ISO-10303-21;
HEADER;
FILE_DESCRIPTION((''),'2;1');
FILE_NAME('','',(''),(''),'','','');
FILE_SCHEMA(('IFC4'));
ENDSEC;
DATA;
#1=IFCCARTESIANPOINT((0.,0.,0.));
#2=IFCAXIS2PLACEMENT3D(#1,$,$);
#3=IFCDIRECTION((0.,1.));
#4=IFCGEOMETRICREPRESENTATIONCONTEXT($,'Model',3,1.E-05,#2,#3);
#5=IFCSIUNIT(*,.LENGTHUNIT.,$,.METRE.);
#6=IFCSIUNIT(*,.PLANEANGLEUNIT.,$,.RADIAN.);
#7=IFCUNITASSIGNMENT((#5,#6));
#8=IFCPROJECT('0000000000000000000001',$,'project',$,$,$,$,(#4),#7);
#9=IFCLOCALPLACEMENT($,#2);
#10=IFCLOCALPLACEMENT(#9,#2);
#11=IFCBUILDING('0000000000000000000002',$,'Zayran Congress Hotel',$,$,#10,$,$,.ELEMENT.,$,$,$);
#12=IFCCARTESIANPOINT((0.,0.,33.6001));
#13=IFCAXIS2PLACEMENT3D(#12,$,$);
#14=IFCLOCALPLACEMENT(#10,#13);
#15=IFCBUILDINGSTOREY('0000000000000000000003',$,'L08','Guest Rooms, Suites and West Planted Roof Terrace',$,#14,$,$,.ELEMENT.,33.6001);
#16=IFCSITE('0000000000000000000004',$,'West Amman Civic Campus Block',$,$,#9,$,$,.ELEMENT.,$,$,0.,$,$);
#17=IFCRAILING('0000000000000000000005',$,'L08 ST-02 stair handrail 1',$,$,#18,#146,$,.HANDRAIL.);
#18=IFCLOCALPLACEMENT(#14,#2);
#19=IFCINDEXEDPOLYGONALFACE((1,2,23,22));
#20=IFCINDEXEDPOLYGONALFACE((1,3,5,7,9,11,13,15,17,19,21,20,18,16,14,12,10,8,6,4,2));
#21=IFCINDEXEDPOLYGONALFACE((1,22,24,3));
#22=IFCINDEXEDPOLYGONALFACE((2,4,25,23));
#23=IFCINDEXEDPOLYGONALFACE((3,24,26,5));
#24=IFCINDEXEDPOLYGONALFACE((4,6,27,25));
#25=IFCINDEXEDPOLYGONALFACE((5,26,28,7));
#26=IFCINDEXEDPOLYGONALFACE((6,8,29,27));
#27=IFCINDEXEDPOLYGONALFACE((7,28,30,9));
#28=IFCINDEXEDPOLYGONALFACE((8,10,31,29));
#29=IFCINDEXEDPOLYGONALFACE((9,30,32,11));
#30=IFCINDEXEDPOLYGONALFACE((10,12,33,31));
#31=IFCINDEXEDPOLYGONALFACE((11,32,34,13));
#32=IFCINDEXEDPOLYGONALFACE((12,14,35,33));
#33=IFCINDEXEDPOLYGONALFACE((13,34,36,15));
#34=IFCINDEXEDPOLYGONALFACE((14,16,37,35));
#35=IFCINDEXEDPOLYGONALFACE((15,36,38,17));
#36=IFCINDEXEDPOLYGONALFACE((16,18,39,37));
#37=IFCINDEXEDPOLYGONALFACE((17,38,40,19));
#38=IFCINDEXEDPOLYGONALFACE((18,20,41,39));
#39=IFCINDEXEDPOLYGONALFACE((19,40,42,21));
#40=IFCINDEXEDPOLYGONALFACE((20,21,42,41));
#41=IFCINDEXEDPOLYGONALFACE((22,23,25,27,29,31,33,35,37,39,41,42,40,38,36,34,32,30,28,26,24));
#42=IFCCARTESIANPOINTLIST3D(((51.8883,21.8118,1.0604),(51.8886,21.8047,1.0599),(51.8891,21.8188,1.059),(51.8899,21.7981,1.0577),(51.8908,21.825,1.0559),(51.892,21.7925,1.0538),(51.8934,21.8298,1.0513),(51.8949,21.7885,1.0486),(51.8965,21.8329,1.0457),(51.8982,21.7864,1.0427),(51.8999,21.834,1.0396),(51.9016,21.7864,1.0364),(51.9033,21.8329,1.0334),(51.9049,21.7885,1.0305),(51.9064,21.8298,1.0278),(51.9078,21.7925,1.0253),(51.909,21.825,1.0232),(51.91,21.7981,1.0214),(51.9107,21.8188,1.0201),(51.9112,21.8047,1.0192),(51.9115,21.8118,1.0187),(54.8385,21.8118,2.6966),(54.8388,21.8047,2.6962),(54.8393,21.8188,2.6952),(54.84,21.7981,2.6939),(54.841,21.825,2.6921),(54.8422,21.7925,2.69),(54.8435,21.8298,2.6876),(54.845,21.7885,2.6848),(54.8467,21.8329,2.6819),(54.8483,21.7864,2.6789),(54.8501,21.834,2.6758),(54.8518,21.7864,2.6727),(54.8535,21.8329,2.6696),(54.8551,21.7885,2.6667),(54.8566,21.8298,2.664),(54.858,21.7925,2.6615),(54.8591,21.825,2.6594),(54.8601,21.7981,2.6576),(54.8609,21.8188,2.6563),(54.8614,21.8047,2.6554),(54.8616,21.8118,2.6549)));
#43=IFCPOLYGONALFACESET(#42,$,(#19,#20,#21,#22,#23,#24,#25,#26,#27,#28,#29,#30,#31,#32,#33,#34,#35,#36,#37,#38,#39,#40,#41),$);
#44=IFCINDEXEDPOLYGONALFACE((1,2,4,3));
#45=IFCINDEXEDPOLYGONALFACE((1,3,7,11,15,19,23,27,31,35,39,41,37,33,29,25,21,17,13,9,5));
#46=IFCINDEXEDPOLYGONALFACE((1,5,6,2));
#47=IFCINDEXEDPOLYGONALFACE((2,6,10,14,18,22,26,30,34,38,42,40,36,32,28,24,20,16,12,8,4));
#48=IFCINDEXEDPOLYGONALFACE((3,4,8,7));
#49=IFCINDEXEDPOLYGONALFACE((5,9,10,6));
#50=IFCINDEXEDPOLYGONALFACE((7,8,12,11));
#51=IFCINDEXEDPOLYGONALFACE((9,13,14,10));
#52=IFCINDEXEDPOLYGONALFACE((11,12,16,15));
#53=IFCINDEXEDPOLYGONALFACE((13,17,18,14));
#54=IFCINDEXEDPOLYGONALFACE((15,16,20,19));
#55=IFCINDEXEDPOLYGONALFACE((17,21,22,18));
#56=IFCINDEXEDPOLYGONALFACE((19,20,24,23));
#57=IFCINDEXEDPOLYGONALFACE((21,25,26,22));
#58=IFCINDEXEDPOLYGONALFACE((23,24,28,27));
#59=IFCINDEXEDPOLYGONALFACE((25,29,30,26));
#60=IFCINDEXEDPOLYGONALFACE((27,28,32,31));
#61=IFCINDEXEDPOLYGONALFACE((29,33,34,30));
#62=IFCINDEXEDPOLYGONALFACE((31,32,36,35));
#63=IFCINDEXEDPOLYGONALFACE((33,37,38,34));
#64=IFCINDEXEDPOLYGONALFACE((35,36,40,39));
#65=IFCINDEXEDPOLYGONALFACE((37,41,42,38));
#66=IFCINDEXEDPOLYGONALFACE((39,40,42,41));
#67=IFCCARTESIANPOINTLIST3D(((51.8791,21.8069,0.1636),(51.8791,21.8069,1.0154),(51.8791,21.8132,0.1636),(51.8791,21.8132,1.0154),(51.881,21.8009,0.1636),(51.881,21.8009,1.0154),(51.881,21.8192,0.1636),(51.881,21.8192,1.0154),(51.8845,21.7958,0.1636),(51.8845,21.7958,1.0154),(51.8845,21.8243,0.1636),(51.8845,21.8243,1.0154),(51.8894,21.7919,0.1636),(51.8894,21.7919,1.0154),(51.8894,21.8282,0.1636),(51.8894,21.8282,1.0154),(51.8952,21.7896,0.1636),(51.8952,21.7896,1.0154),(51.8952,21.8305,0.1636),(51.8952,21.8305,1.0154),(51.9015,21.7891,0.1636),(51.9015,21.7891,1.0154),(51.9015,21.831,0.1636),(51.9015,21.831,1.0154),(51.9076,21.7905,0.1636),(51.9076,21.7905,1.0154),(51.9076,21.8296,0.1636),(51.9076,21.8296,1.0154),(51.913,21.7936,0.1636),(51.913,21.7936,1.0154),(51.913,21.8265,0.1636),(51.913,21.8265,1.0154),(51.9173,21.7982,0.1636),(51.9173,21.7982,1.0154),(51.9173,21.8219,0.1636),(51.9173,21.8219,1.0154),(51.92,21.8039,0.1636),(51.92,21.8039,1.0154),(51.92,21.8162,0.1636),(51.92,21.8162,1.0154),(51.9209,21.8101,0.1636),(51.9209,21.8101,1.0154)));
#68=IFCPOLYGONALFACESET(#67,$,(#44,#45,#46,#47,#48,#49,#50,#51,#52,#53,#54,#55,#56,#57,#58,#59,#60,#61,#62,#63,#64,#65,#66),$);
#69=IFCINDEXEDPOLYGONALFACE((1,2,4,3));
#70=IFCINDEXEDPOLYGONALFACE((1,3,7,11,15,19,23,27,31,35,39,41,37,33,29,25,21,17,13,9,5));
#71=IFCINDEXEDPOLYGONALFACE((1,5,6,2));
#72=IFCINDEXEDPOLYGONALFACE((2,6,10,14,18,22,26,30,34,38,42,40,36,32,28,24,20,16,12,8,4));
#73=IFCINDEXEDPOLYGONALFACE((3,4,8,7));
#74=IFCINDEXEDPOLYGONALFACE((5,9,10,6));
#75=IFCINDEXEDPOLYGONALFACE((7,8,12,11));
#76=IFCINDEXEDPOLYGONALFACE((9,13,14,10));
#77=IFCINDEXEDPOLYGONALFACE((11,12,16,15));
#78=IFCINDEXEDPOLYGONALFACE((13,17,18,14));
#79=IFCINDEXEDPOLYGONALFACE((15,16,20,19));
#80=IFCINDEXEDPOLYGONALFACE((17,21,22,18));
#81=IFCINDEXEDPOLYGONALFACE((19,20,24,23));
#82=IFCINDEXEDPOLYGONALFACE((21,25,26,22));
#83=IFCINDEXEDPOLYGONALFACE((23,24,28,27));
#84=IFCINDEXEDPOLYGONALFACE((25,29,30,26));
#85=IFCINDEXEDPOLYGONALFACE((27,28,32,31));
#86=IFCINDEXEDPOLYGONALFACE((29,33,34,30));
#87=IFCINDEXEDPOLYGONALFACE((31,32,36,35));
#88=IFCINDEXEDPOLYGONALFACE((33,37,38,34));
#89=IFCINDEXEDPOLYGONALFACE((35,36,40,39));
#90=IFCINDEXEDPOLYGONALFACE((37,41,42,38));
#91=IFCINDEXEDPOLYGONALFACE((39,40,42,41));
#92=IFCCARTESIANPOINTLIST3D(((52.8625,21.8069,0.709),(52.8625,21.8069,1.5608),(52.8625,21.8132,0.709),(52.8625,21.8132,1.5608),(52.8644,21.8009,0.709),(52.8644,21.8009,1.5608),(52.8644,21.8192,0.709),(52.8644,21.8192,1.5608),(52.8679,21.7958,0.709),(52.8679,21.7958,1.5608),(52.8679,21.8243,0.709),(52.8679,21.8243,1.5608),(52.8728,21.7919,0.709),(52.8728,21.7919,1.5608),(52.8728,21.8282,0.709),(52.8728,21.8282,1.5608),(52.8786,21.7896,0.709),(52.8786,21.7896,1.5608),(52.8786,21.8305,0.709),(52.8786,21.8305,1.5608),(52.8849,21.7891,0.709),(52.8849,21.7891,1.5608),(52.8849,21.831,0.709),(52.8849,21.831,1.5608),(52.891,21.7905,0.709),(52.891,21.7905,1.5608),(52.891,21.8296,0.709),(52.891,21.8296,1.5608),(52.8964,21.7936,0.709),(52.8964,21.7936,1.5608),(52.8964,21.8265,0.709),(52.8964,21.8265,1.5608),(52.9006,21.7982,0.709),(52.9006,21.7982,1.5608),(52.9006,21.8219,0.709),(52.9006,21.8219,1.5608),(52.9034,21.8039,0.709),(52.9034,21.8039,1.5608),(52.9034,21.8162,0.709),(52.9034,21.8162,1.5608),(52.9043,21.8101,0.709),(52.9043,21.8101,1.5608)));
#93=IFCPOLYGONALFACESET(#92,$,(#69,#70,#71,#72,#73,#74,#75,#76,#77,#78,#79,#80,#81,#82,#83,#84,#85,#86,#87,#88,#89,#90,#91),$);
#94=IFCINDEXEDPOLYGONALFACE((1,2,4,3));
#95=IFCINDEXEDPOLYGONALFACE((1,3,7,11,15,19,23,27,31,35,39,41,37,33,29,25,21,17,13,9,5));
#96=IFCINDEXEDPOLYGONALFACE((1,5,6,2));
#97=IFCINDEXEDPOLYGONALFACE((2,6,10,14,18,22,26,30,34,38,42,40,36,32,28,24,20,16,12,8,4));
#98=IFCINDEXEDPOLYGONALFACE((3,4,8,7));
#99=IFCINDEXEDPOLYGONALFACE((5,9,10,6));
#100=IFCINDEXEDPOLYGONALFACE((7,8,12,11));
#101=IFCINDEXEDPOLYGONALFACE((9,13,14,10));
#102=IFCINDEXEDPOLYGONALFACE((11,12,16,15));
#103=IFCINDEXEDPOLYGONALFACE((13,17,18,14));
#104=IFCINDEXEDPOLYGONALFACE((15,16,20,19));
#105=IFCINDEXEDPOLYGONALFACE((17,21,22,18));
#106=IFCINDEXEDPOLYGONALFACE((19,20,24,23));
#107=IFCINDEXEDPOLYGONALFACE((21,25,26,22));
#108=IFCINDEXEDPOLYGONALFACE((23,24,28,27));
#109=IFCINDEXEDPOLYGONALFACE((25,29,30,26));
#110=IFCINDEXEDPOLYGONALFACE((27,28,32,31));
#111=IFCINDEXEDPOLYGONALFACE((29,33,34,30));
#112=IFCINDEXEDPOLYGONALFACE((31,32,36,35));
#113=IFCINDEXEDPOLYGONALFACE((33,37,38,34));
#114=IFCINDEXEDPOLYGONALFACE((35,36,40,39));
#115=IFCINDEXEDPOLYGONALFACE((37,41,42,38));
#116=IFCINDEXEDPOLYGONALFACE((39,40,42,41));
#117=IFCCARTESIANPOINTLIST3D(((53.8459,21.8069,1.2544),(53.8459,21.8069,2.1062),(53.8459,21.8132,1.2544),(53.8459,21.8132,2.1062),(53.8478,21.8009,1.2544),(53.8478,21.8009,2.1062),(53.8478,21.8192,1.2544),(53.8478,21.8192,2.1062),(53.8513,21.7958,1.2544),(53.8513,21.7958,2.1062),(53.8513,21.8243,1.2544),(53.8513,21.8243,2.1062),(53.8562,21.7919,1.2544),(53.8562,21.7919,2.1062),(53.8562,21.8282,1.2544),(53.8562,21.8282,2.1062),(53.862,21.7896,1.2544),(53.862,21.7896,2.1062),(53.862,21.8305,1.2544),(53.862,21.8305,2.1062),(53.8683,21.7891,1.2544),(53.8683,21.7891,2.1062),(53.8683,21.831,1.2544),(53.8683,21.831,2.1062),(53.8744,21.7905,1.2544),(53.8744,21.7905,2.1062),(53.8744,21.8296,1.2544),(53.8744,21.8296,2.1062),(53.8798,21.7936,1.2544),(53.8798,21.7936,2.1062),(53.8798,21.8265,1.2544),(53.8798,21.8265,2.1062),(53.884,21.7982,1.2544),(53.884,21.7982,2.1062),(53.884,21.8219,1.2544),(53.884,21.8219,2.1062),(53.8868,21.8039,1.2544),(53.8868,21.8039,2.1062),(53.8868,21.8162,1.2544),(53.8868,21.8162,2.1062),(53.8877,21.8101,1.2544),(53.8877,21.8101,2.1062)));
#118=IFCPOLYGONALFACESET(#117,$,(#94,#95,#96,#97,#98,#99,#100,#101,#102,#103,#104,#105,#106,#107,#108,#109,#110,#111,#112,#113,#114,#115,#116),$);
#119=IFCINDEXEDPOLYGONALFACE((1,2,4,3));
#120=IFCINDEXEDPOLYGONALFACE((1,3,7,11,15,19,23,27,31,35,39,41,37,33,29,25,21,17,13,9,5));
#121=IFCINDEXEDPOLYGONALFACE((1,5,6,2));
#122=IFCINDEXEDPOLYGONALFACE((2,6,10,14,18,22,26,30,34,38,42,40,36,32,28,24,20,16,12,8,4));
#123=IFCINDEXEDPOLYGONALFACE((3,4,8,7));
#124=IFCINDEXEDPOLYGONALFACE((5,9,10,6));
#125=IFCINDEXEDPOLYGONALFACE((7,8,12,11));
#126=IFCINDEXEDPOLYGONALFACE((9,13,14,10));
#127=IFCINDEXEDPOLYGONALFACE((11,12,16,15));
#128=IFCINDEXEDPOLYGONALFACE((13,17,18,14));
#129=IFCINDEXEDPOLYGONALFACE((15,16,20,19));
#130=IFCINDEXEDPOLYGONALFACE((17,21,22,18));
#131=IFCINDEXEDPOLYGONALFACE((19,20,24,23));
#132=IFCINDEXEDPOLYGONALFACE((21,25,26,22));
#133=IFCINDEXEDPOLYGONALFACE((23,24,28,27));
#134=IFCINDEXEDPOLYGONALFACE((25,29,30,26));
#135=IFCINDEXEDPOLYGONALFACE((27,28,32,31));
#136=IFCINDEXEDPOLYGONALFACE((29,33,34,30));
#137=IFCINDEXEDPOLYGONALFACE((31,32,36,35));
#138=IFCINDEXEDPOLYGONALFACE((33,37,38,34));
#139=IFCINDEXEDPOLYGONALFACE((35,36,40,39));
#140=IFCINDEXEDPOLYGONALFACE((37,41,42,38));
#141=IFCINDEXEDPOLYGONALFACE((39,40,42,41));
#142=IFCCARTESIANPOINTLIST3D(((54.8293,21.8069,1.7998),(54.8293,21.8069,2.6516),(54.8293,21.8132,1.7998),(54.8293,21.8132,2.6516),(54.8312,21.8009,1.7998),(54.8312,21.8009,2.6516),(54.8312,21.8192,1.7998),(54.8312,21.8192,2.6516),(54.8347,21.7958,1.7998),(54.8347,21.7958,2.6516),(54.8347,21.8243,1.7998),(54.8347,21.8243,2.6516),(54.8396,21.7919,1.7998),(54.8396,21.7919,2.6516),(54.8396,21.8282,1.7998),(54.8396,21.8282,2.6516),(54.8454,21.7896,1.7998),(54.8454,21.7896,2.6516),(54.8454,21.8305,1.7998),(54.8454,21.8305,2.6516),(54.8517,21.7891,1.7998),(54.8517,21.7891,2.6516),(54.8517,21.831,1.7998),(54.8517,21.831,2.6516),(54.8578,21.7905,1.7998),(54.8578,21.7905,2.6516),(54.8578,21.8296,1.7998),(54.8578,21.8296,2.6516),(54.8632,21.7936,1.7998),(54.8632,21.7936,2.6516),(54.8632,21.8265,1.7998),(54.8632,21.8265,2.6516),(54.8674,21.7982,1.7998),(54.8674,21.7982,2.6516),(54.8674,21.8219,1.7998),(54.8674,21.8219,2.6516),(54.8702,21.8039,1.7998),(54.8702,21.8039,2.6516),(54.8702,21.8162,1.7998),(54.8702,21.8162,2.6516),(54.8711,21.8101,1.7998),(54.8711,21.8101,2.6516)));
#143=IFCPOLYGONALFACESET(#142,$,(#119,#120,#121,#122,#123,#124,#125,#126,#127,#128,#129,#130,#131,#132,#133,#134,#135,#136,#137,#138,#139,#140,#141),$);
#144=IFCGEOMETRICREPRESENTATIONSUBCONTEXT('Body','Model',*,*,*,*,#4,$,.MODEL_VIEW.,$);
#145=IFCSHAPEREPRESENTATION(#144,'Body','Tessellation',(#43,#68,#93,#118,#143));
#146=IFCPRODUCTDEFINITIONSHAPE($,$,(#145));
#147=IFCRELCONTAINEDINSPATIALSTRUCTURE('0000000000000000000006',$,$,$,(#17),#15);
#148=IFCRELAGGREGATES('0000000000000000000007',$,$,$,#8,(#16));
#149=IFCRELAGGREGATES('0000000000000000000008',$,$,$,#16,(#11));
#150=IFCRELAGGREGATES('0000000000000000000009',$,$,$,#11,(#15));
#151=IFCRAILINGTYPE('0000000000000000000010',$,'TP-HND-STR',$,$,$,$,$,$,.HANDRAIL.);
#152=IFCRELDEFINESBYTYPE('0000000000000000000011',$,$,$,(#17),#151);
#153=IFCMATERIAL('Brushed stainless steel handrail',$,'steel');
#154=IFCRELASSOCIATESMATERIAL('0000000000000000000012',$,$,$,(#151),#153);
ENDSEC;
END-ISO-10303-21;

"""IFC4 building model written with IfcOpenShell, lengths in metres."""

from ifc_helpers import new_model, si_unit, direction, frame, origin, origin_2d, place, context, subcontext, project, spatial, circle, extrude, material, type_object, element, save


model = new_model("IFC4")

# Units and contexts
model_context = context("Model", 3, precision=1e-05, world=origin(), true_north=direction((0.0, 1.0)))
body_context = subcontext(model_context, "Body", "Model", "MODEL_VIEW")
ifc_project = project(units=[si_unit("LENGTHUNIT", "METRE"), si_unit("PLANEANGLEUNIT", "RADIAN")], contexts=[model_context])

# Site, building, storey
site_placement = place(None, origin())
site = spatial("IfcSite", under=ifc_project, at=site_placement, Name="West Amman Civic Campus Block", CompositionType="ELEMENT", RefElevation=0.0)
building_placement = place(site_placement, origin())
building = spatial("IfcBuilding", under=site, at=building_placement, Name="Zayran Congress Hotel", CompositionType="ELEMENT")
storey_placement = place(building_placement, frame((0.0, 0.0, 33.6001)))
storey = spatial("IfcBuildingStorey", under=building, at=storey_placement, Name="L08", Description="Guest Rooms, Suites and West Planted Roof Terrace", CompositionType="ELEMENT", Elevation=33.6001)

# Railing
ifc_material_1 = material(Name="Brushed stainless steel handrail", Category="steel")
railing_type_1 = type_object("IfcRailingType", Name="TP-HND-STR", PredefinedType="HANDRAIL", material=ifc_material_1)
railing_1_placement = place(storey_placement, frame((51.8999, 21.8101, 0.1636)))
element("IfcRailing", 1, at=railing_1_placement, inside=storey, type_object=railing_type_1, Name="L08 ST-02 stair handrail 1", PredefinedType="HANDRAIL", context=body_context, shape_type="SweptSolid", body=[
    extrude(circle(Radius=0.0239, at=origin_2d()), frame((0.0, 0.0, 0.876), z_axis=(0.874505, 0.0, 0.485016), x_axis=(0.0, 1.0, 0.0)), (0.0, 0.0, 1.0), 3.3735),
    extrude(circle(Radius=0.021, at=origin_2d()), origin(), (0.0, 0.0, 1.0), 0.8518),
    extrude(circle(Radius=0.021, at=origin_2d()), frame((0.9834, 0.0, 0.5454)), (0.0, 0.0, 1.0), 0.8518),
    extrude(circle(Radius=0.021, at=origin_2d()), frame((1.9668, 0.0, 1.0908)), (0.0, 0.0, 1.0), 0.8518),
    extrude(circle(Radius=0.021, at=origin_2d()), frame((2.9502, 0.0, 1.6362)), (0.0, 0.0, 1.0), 0.8518),
])

save(model, "model.ifc")
